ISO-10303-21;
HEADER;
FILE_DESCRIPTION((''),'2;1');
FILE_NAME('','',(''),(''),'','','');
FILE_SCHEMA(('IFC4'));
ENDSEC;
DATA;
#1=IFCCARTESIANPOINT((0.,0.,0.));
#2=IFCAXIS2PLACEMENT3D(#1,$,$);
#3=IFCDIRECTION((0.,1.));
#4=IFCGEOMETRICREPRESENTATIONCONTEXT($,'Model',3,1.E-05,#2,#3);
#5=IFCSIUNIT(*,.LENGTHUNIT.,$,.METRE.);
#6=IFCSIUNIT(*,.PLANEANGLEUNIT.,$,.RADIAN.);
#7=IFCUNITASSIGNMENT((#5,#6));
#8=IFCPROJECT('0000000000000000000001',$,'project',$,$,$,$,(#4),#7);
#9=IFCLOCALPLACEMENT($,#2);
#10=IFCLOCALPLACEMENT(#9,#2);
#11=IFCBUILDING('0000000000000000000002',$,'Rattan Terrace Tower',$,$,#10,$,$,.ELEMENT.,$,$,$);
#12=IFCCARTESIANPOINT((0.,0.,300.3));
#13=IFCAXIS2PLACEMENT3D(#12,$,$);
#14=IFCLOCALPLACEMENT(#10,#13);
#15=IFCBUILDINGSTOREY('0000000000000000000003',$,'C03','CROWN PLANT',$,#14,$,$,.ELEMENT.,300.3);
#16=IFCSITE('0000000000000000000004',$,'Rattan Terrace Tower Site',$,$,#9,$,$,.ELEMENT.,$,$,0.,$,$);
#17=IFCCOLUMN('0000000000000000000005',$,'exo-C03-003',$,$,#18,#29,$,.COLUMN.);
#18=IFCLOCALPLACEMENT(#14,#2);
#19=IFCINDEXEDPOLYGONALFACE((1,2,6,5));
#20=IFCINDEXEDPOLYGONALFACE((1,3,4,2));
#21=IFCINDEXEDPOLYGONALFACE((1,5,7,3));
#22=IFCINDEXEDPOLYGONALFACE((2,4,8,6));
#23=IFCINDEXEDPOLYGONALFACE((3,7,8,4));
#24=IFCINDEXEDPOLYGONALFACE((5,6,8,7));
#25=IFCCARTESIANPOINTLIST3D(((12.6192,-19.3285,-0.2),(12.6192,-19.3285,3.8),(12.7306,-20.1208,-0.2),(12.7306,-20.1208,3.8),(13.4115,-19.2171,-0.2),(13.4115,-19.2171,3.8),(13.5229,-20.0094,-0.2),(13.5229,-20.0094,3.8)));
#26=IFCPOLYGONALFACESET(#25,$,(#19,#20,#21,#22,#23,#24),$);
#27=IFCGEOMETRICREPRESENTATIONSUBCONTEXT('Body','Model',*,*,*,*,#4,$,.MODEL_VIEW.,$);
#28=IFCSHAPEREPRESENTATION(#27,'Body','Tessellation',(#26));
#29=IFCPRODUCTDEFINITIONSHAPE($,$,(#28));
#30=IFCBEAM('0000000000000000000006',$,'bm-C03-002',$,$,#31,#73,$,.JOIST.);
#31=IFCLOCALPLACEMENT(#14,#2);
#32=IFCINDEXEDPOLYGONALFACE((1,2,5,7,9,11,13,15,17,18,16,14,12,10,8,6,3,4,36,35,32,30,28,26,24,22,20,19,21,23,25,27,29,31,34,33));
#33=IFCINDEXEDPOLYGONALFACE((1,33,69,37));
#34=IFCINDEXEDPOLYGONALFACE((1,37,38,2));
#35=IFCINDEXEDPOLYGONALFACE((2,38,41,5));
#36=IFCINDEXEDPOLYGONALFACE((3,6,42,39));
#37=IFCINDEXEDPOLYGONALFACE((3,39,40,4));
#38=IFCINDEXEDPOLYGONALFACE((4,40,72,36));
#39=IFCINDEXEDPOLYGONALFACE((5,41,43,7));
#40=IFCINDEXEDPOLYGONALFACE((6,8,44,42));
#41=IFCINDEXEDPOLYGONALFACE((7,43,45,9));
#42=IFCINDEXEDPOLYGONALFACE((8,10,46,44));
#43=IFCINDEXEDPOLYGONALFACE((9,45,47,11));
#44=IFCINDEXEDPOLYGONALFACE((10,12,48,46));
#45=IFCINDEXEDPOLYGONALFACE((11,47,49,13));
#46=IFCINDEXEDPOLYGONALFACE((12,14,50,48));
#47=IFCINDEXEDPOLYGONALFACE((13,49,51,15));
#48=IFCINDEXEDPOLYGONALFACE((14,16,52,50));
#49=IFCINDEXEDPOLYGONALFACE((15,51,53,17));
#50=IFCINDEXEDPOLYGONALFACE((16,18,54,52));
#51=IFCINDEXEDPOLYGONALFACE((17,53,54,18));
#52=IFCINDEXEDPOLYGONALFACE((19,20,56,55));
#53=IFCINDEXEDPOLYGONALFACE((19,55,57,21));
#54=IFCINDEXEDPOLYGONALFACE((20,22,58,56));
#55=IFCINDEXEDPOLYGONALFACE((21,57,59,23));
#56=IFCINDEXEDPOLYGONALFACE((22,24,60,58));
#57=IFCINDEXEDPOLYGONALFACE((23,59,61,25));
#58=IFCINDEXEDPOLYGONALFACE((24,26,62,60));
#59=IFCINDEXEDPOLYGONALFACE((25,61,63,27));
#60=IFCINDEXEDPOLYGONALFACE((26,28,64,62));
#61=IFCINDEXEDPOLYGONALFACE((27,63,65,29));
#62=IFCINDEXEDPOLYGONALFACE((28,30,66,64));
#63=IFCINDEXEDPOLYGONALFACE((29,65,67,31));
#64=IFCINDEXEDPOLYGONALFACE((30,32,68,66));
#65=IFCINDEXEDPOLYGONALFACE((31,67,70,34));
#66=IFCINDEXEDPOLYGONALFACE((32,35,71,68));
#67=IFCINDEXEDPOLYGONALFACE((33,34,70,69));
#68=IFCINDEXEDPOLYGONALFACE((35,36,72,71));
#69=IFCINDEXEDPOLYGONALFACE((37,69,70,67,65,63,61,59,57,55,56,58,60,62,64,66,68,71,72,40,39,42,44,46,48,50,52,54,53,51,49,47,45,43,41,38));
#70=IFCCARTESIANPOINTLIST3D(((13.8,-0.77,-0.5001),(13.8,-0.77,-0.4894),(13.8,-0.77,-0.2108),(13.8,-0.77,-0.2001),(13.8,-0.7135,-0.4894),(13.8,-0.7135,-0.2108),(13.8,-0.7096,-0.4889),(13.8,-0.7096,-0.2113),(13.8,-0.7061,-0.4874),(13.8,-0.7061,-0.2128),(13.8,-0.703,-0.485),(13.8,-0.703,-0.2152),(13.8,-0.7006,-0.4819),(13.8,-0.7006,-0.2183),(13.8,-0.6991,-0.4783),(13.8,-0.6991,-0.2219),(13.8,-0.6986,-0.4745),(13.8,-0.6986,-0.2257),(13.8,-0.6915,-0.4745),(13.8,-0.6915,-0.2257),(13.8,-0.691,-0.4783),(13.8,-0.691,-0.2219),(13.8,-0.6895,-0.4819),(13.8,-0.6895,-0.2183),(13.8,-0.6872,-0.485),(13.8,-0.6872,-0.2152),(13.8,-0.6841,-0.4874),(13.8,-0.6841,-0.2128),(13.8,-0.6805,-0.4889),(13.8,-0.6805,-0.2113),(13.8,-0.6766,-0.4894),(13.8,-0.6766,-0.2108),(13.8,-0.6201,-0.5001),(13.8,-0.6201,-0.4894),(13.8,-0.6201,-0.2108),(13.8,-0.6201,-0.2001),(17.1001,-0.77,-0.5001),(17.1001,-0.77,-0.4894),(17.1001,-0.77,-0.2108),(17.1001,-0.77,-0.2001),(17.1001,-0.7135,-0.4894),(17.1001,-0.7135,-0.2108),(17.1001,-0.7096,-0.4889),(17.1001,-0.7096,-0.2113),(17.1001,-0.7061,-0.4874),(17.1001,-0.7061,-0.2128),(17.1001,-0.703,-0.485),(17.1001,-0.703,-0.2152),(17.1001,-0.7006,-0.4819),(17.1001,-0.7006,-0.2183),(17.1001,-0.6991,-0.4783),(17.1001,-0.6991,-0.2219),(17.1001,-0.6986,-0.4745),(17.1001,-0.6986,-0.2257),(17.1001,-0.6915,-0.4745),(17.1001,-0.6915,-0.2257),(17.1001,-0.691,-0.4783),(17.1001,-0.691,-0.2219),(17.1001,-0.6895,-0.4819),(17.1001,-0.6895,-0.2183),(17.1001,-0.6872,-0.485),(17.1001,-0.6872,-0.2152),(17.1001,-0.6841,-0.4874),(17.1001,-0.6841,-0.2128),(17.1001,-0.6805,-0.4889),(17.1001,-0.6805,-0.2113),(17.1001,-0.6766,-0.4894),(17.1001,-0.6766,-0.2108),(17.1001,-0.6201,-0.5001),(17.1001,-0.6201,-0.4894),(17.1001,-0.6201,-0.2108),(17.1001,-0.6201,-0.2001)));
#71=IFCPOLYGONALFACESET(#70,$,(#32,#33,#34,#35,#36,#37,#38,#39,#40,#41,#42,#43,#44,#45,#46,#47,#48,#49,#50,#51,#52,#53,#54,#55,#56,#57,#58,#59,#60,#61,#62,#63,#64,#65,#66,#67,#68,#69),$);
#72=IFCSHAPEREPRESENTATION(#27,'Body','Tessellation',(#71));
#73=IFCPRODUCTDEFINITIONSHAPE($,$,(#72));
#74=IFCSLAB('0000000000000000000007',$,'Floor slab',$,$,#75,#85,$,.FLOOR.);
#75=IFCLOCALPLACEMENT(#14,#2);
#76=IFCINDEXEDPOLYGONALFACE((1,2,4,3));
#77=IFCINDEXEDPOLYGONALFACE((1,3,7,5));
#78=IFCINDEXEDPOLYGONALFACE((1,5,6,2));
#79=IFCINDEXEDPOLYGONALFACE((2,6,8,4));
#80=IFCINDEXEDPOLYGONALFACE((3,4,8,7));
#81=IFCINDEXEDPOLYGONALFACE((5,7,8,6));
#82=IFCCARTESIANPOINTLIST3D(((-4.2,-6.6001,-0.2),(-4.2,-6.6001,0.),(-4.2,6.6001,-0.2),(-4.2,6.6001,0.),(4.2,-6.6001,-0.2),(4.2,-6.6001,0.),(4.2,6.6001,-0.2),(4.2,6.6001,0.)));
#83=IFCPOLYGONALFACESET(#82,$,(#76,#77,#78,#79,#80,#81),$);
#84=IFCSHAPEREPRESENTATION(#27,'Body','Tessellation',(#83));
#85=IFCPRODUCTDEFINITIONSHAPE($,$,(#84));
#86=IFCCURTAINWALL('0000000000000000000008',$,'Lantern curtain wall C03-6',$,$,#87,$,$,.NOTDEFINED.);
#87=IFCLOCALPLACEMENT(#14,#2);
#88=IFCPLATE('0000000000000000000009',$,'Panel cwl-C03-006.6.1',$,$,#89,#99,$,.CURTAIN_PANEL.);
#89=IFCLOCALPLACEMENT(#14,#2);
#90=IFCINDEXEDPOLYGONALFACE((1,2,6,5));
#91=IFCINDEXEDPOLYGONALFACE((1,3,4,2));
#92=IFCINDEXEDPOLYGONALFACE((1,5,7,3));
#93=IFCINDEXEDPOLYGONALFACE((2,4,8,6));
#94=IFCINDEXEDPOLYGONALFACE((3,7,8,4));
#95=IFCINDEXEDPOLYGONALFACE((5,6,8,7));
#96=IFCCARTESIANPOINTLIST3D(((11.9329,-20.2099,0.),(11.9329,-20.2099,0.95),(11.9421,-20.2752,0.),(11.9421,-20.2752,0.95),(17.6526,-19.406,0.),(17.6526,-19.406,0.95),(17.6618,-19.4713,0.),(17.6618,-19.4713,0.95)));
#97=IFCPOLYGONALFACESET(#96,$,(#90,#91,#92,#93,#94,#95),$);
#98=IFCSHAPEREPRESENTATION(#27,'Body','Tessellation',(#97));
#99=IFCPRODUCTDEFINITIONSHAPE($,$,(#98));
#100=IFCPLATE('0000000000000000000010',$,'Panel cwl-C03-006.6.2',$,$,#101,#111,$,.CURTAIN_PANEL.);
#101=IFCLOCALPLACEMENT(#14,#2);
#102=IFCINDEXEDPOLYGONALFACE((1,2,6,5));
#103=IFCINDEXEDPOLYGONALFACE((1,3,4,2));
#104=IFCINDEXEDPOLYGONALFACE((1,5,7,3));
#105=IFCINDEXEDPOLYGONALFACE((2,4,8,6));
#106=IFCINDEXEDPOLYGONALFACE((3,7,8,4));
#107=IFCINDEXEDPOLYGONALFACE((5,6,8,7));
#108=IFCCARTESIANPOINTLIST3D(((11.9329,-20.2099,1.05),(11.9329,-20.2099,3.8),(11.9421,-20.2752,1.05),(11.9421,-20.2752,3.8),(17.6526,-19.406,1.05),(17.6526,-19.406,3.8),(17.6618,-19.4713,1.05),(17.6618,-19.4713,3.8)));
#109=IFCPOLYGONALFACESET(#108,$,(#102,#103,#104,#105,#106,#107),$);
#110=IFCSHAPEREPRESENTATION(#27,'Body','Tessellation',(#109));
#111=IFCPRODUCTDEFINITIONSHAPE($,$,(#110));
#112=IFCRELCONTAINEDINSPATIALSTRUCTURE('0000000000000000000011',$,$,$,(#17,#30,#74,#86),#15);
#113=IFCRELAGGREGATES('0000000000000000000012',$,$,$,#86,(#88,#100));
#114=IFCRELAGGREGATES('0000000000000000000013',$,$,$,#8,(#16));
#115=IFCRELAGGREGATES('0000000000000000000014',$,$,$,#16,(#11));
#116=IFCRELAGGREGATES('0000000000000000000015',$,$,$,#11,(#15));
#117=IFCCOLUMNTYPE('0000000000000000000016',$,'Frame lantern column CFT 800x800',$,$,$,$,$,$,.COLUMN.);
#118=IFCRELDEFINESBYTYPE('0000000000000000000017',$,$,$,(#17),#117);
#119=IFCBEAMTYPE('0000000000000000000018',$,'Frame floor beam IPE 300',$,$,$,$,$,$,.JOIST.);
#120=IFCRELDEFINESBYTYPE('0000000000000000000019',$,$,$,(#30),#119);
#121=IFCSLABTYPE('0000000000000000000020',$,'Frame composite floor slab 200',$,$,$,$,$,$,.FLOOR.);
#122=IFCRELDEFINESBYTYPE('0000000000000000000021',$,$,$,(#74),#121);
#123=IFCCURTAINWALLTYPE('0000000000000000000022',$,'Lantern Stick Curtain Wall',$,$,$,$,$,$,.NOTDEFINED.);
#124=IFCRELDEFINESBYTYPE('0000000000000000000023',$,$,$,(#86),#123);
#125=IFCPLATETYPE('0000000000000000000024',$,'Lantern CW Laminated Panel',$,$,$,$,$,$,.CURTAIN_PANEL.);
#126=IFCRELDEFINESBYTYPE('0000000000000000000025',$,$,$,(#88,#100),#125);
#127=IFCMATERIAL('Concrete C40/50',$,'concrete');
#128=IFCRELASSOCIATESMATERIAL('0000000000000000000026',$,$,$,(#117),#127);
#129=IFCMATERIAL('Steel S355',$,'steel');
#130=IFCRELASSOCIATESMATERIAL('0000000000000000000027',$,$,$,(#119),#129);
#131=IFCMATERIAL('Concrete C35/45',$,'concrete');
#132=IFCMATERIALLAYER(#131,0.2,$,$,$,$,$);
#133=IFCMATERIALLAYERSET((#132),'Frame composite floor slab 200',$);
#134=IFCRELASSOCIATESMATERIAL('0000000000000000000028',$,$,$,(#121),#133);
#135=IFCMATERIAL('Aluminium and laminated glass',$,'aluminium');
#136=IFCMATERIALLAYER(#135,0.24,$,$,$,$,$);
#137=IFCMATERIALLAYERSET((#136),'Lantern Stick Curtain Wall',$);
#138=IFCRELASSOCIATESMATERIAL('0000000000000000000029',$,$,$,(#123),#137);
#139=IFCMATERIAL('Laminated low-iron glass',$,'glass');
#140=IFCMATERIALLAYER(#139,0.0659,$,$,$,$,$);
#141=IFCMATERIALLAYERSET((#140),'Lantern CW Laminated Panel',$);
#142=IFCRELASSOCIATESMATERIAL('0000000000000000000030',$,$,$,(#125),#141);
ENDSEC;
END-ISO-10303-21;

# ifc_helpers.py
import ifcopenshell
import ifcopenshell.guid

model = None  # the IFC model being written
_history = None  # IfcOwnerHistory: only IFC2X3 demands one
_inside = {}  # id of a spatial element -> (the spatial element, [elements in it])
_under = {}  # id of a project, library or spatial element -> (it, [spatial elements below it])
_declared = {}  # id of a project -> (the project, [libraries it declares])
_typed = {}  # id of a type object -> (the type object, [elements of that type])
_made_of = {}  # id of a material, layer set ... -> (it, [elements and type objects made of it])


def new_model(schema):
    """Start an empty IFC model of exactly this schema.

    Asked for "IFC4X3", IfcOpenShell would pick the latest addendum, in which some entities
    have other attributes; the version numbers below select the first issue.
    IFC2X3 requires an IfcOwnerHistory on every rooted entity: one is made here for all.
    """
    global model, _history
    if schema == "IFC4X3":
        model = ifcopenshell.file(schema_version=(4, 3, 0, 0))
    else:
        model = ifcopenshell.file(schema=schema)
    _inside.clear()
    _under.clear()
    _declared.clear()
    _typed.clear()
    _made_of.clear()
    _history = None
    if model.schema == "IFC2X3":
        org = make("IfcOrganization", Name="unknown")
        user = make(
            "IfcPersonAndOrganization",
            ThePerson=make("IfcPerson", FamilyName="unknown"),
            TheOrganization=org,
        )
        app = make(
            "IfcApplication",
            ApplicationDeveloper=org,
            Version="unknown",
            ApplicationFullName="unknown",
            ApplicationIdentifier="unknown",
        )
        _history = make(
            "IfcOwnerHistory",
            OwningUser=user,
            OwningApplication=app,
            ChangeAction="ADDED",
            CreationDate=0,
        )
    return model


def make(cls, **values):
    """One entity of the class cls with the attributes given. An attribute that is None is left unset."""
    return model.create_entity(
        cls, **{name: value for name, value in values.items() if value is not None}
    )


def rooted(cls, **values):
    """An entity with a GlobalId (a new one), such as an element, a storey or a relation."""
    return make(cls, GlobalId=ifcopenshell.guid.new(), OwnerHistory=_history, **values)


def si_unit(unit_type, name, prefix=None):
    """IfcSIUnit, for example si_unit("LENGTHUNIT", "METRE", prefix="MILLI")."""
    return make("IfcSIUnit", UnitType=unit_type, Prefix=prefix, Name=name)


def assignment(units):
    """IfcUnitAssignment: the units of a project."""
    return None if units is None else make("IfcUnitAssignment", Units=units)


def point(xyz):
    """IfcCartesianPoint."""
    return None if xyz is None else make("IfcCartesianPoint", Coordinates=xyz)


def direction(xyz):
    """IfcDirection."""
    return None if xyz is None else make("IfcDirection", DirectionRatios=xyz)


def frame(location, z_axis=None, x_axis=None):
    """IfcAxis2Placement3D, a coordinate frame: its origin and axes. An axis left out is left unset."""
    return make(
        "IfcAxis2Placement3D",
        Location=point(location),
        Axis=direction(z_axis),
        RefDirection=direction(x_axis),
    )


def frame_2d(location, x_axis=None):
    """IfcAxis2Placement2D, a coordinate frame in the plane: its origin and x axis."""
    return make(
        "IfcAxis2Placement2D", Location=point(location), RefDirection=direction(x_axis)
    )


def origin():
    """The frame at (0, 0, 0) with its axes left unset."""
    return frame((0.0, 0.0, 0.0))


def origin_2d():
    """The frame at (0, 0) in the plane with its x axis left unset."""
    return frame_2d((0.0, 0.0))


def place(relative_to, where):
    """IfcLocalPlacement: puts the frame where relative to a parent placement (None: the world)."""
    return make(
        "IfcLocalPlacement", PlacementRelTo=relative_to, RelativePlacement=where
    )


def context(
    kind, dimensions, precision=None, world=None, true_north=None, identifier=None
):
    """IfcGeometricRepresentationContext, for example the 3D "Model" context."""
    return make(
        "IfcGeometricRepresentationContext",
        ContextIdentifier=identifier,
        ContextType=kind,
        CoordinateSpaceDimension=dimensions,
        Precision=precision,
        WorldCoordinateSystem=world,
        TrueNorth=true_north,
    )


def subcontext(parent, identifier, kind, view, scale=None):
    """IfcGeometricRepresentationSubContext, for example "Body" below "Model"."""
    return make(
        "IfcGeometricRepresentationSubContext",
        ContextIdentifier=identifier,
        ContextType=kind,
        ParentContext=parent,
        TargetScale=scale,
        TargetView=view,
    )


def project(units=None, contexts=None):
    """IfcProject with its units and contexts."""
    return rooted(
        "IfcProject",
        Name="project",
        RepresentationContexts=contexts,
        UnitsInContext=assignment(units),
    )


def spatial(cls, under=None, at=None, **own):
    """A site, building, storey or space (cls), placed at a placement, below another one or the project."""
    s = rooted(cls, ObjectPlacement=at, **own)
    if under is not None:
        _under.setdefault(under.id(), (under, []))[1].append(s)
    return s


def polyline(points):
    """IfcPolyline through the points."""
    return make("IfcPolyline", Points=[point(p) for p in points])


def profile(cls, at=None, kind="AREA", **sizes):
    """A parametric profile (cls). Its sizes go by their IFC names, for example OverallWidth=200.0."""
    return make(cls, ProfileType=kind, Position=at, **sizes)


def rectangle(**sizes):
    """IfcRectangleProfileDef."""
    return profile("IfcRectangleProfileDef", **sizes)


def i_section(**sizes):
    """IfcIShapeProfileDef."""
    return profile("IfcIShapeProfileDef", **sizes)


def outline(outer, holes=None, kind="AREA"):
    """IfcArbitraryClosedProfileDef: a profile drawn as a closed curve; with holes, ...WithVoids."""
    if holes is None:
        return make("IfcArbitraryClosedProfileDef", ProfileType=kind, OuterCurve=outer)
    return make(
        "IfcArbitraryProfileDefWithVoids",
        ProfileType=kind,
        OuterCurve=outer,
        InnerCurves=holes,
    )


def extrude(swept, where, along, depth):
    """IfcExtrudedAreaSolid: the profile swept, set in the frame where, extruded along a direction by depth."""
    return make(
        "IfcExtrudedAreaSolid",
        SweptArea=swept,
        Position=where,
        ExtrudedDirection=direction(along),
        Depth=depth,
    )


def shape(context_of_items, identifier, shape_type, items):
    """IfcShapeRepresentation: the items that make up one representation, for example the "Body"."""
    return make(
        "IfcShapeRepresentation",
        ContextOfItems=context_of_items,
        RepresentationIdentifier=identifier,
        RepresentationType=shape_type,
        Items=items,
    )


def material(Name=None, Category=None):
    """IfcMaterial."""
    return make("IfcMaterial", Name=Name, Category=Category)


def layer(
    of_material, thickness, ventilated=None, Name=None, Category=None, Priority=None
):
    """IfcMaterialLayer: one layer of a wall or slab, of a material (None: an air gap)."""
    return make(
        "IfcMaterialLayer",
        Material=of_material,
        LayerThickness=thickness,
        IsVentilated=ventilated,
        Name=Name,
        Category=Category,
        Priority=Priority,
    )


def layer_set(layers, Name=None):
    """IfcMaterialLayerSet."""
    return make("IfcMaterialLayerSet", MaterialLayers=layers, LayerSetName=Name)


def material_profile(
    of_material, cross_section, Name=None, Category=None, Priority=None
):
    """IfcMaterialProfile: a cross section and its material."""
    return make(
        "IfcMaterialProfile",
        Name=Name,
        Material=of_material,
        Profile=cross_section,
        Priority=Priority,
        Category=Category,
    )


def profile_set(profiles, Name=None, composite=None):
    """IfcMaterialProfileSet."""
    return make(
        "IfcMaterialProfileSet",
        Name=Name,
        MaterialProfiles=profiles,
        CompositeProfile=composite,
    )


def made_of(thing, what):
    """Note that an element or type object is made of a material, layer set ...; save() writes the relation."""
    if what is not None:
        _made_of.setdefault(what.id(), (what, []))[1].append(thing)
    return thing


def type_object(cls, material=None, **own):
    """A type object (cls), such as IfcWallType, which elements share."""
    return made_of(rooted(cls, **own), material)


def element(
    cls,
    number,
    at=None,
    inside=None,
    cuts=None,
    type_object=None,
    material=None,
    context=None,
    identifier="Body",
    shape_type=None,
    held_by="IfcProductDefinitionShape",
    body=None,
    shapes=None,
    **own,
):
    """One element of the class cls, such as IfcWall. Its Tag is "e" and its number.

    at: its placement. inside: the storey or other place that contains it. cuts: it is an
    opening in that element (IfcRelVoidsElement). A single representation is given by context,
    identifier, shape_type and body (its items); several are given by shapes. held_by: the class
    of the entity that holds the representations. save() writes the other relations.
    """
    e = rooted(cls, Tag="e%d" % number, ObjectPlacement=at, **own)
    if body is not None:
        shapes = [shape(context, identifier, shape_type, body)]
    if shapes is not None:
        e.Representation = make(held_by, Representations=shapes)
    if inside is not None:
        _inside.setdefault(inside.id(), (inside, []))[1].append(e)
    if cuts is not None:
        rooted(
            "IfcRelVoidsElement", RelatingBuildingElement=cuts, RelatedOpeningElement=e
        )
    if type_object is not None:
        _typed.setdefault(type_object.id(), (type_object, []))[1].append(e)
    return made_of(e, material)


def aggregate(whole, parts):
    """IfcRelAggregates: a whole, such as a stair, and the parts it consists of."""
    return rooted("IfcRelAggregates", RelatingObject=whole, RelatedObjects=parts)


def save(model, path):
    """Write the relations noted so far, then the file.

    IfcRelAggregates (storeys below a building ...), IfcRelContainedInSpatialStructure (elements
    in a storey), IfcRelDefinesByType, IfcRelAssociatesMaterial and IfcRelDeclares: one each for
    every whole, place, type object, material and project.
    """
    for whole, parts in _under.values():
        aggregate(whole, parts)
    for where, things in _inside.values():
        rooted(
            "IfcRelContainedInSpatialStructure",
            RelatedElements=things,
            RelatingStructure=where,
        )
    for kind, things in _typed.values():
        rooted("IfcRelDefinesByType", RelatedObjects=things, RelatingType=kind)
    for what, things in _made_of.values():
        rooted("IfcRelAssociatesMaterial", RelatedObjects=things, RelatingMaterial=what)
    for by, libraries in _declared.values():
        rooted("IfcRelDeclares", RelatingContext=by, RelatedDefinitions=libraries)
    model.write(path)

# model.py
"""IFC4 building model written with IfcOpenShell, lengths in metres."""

from ifc_helpers import new_model, si_unit, direction, frame, origin, origin_2d, place, context, subcontext, project, spatial, polyline, rectangle, i_section, outline, extrude, material, layer, layer_set, material_profile, profile_set, type_object, element, aggregate, save


model = new_model("IFC4")

# Units and contexts
model_context = context("Model", 3, precision=1e-05, world=origin(), true_north=direction((0.0, 1.0)))
body_context = subcontext(model_context, "Body", "Model", "MODEL_VIEW")
ifc_project = project(units=[si_unit("LENGTHUNIT", "METRE"), si_unit("PLANEANGLEUNIT", "RADIAN")], contexts=[model_context])

# Site, building, storey
site_placement = place(None, origin())
site = spatial("IfcSite", under=ifc_project, at=site_placement, Name="Rattan Terrace Tower Site", CompositionType="ELEMENT", RefElevation=0.0)
building_placement = place(site_placement, origin())
building = spatial("IfcBuilding", under=site, at=building_placement, Name="Rattan Terrace Tower", CompositionType="ELEMENT")
storey_placement = place(building_placement, frame((0.0, 0.0, 300.3)))
storey = spatial("IfcBuildingStorey", under=building, at=storey_placement, Name="C03", Description="CROWN PLANT", CompositionType="ELEMENT", Elevation=300.3)

# Column
ifc_material_1 = material(Name="Concrete C40/50", Category="concrete")
ifc_material_profile_1 = material_profile(ifc_material_1, rectangle(XDim=0.8, YDim=0.8, at=origin_2d()), Name="CFT 800x800")
ifc_profile_set_1 = profile_set([ifc_material_profile_1], Name="Concrete C40/50")
column_type = type_object("IfcColumnType", Name="Frame lantern column CFT 800x800", PredefinedType="COLUMN", material=ifc_profile_set_1)
column_placement = place(storey_placement, frame((13.071, -19.6689, -0.2), z_axis=(0.0, 0.0, 1.0), x_axis=(0.990266, 0.13919, 0.0)))
element("IfcColumn", 1, at=column_placement, inside=storey, type_object=column_type, Name="exo-C03-003", PredefinedType="COLUMN", context=body_context, shape_type="SweptSolid", body=[
    extrude(rectangle(XDim=0.8, YDim=0.8, at=origin_2d()), origin(), (0.0, 0.0, 1.0), 4.0),
])

# Beam
ifc_material_2 = material(Name="Steel S355", Category="steel")
ifc_material_profile_2 = material_profile(ifc_material_2, i_section(OverallWidth=0.1499, OverallDepth=0.3, WebThickness=0.0071, FlangeThickness=0.0107, FilletRadius=0.0149, at=origin_2d()), Name="IPE 300")
ifc_profile_set_2 = profile_set([ifc_material_profile_2], Name="Steel S355")
beam_type = type_object("IfcBeamType", Name="Frame floor beam IPE 300", PredefinedType="JOIST", material=ifc_profile_set_2)
beam_placement = place(storey_placement, frame((13.8, -0.6951, -0.3501), z_axis=(1.0, 0.0, 0.0), x_axis=(0.0, 1.0, 0.0)))
element("IfcBeam", 2, at=beam_placement, inside=storey, type_object=beam_type, Name="bm-C03-002", PredefinedType="JOIST", context=body_context, shape_type="SweptSolid", body=[
    extrude(i_section(OverallWidth=0.1499, OverallDepth=0.3, WebThickness=0.0071, FlangeThickness=0.0107, FilletRadius=0.0149, at=origin_2d()), origin(), (0.0, 0.0, 1.0), 3.3),
])

# Slab
ifc_material_3 = material(Name="Concrete C35/45", Category="concrete")
ifc_layer_1 = layer(ifc_material_3, 0.2)
ifc_layer_set_1 = layer_set([ifc_layer_1], Name="Frame composite floor slab 200")
slab_type = type_object("IfcSlabType", Name="Frame composite floor slab 200", PredefinedType="FLOOR", material=ifc_layer_set_1)
slab_placement = place(storey_placement, frame((0.0, 0.0, -0.2)))
element("IfcSlab", 3, at=slab_placement, inside=storey, type_object=slab_type, Name="Floor slab", PredefinedType="FLOOR", context=body_context, shape_type="SweptSolid", body=[
    extrude(outline(polyline([(-4.2, 6.6001), (-4.2, -6.6001), (4.2, -6.6001), (4.2, 6.6001), (-4.2, 6.6001)])), origin(), (0.0, 0.0, 1.0), 0.2),
])

# Curtain wall, plates
ifc_material_4 = material(Name="Aluminium and laminated glass", Category="aluminium")
ifc_layer_2 = layer(ifc_material_4, 0.24)
ifc_layer_set_2 = layer_set([ifc_layer_2], Name="Lantern Stick Curtain Wall")
curtain_wall_type = type_object("IfcCurtainWallType", Name="Lantern Stick Curtain Wall", PredefinedType="NOTDEFINED", material=ifc_layer_set_2)
curtain_wall_placement = place(storey_placement, origin())
curtain_wall = element("IfcCurtainWall", 4, at=curtain_wall_placement, inside=storey, type_object=curtain_wall_type, Name="Lantern curtain wall C03-6", PredefinedType="NOTDEFINED")
ifc_material_5 = material(Name="Laminated low-iron glass", Category="glass")
ifc_layer_3 = layer(ifc_material_5, 0.0659)
ifc_layer_set_3 = layer_set([ifc_layer_3], Name="Lantern CW Laminated Panel")
plate_type = type_object("IfcPlateType", Name="Lantern CW Laminated Panel", PredefinedType="CURTAIN_PANEL", material=ifc_layer_set_3)
plate_1_placement = place(storey_placement, frame((14.7974, -19.8406, 0.0), z_axis=(0.0, 0.0, 1.0), x_axis=(0.990267, 0.139181, 0.0)))
plate_1 = element("IfcPlate", 5, at=plate_1_placement, type_object=plate_type, Name="Panel cwl-C03-006.6.1", PredefinedType="CURTAIN_PANEL", context=body_context, shape_type="SweptSolid", body=[
    extrude(rectangle(XDim=5.7759, YDim=0.0659, at=origin_2d()), origin(), (0.0, 0.0, 1.0), 0.95),
])
plate_2_placement = place(storey_placement, frame((14.7974, -19.8406, 1.05), z_axis=(0.0, 0.0, 1.0), x_axis=(0.990267, 0.139181, 0.0)))
plate_2 = element("IfcPlate", 6, at=plate_2_placement, type_object=plate_type, Name="Panel cwl-C03-006.6.2", PredefinedType="CURTAIN_PANEL", context=body_context, shape_type="SweptSolid", body=[
    extrude(rectangle(XDim=5.7759, YDim=0.0659, at=origin_2d()), origin(), (0.0, 0.0, 1.0), 2.75),
])
aggregate(curtain_wall, [plate_1, plate_2])

save(model, "model.ifc")
